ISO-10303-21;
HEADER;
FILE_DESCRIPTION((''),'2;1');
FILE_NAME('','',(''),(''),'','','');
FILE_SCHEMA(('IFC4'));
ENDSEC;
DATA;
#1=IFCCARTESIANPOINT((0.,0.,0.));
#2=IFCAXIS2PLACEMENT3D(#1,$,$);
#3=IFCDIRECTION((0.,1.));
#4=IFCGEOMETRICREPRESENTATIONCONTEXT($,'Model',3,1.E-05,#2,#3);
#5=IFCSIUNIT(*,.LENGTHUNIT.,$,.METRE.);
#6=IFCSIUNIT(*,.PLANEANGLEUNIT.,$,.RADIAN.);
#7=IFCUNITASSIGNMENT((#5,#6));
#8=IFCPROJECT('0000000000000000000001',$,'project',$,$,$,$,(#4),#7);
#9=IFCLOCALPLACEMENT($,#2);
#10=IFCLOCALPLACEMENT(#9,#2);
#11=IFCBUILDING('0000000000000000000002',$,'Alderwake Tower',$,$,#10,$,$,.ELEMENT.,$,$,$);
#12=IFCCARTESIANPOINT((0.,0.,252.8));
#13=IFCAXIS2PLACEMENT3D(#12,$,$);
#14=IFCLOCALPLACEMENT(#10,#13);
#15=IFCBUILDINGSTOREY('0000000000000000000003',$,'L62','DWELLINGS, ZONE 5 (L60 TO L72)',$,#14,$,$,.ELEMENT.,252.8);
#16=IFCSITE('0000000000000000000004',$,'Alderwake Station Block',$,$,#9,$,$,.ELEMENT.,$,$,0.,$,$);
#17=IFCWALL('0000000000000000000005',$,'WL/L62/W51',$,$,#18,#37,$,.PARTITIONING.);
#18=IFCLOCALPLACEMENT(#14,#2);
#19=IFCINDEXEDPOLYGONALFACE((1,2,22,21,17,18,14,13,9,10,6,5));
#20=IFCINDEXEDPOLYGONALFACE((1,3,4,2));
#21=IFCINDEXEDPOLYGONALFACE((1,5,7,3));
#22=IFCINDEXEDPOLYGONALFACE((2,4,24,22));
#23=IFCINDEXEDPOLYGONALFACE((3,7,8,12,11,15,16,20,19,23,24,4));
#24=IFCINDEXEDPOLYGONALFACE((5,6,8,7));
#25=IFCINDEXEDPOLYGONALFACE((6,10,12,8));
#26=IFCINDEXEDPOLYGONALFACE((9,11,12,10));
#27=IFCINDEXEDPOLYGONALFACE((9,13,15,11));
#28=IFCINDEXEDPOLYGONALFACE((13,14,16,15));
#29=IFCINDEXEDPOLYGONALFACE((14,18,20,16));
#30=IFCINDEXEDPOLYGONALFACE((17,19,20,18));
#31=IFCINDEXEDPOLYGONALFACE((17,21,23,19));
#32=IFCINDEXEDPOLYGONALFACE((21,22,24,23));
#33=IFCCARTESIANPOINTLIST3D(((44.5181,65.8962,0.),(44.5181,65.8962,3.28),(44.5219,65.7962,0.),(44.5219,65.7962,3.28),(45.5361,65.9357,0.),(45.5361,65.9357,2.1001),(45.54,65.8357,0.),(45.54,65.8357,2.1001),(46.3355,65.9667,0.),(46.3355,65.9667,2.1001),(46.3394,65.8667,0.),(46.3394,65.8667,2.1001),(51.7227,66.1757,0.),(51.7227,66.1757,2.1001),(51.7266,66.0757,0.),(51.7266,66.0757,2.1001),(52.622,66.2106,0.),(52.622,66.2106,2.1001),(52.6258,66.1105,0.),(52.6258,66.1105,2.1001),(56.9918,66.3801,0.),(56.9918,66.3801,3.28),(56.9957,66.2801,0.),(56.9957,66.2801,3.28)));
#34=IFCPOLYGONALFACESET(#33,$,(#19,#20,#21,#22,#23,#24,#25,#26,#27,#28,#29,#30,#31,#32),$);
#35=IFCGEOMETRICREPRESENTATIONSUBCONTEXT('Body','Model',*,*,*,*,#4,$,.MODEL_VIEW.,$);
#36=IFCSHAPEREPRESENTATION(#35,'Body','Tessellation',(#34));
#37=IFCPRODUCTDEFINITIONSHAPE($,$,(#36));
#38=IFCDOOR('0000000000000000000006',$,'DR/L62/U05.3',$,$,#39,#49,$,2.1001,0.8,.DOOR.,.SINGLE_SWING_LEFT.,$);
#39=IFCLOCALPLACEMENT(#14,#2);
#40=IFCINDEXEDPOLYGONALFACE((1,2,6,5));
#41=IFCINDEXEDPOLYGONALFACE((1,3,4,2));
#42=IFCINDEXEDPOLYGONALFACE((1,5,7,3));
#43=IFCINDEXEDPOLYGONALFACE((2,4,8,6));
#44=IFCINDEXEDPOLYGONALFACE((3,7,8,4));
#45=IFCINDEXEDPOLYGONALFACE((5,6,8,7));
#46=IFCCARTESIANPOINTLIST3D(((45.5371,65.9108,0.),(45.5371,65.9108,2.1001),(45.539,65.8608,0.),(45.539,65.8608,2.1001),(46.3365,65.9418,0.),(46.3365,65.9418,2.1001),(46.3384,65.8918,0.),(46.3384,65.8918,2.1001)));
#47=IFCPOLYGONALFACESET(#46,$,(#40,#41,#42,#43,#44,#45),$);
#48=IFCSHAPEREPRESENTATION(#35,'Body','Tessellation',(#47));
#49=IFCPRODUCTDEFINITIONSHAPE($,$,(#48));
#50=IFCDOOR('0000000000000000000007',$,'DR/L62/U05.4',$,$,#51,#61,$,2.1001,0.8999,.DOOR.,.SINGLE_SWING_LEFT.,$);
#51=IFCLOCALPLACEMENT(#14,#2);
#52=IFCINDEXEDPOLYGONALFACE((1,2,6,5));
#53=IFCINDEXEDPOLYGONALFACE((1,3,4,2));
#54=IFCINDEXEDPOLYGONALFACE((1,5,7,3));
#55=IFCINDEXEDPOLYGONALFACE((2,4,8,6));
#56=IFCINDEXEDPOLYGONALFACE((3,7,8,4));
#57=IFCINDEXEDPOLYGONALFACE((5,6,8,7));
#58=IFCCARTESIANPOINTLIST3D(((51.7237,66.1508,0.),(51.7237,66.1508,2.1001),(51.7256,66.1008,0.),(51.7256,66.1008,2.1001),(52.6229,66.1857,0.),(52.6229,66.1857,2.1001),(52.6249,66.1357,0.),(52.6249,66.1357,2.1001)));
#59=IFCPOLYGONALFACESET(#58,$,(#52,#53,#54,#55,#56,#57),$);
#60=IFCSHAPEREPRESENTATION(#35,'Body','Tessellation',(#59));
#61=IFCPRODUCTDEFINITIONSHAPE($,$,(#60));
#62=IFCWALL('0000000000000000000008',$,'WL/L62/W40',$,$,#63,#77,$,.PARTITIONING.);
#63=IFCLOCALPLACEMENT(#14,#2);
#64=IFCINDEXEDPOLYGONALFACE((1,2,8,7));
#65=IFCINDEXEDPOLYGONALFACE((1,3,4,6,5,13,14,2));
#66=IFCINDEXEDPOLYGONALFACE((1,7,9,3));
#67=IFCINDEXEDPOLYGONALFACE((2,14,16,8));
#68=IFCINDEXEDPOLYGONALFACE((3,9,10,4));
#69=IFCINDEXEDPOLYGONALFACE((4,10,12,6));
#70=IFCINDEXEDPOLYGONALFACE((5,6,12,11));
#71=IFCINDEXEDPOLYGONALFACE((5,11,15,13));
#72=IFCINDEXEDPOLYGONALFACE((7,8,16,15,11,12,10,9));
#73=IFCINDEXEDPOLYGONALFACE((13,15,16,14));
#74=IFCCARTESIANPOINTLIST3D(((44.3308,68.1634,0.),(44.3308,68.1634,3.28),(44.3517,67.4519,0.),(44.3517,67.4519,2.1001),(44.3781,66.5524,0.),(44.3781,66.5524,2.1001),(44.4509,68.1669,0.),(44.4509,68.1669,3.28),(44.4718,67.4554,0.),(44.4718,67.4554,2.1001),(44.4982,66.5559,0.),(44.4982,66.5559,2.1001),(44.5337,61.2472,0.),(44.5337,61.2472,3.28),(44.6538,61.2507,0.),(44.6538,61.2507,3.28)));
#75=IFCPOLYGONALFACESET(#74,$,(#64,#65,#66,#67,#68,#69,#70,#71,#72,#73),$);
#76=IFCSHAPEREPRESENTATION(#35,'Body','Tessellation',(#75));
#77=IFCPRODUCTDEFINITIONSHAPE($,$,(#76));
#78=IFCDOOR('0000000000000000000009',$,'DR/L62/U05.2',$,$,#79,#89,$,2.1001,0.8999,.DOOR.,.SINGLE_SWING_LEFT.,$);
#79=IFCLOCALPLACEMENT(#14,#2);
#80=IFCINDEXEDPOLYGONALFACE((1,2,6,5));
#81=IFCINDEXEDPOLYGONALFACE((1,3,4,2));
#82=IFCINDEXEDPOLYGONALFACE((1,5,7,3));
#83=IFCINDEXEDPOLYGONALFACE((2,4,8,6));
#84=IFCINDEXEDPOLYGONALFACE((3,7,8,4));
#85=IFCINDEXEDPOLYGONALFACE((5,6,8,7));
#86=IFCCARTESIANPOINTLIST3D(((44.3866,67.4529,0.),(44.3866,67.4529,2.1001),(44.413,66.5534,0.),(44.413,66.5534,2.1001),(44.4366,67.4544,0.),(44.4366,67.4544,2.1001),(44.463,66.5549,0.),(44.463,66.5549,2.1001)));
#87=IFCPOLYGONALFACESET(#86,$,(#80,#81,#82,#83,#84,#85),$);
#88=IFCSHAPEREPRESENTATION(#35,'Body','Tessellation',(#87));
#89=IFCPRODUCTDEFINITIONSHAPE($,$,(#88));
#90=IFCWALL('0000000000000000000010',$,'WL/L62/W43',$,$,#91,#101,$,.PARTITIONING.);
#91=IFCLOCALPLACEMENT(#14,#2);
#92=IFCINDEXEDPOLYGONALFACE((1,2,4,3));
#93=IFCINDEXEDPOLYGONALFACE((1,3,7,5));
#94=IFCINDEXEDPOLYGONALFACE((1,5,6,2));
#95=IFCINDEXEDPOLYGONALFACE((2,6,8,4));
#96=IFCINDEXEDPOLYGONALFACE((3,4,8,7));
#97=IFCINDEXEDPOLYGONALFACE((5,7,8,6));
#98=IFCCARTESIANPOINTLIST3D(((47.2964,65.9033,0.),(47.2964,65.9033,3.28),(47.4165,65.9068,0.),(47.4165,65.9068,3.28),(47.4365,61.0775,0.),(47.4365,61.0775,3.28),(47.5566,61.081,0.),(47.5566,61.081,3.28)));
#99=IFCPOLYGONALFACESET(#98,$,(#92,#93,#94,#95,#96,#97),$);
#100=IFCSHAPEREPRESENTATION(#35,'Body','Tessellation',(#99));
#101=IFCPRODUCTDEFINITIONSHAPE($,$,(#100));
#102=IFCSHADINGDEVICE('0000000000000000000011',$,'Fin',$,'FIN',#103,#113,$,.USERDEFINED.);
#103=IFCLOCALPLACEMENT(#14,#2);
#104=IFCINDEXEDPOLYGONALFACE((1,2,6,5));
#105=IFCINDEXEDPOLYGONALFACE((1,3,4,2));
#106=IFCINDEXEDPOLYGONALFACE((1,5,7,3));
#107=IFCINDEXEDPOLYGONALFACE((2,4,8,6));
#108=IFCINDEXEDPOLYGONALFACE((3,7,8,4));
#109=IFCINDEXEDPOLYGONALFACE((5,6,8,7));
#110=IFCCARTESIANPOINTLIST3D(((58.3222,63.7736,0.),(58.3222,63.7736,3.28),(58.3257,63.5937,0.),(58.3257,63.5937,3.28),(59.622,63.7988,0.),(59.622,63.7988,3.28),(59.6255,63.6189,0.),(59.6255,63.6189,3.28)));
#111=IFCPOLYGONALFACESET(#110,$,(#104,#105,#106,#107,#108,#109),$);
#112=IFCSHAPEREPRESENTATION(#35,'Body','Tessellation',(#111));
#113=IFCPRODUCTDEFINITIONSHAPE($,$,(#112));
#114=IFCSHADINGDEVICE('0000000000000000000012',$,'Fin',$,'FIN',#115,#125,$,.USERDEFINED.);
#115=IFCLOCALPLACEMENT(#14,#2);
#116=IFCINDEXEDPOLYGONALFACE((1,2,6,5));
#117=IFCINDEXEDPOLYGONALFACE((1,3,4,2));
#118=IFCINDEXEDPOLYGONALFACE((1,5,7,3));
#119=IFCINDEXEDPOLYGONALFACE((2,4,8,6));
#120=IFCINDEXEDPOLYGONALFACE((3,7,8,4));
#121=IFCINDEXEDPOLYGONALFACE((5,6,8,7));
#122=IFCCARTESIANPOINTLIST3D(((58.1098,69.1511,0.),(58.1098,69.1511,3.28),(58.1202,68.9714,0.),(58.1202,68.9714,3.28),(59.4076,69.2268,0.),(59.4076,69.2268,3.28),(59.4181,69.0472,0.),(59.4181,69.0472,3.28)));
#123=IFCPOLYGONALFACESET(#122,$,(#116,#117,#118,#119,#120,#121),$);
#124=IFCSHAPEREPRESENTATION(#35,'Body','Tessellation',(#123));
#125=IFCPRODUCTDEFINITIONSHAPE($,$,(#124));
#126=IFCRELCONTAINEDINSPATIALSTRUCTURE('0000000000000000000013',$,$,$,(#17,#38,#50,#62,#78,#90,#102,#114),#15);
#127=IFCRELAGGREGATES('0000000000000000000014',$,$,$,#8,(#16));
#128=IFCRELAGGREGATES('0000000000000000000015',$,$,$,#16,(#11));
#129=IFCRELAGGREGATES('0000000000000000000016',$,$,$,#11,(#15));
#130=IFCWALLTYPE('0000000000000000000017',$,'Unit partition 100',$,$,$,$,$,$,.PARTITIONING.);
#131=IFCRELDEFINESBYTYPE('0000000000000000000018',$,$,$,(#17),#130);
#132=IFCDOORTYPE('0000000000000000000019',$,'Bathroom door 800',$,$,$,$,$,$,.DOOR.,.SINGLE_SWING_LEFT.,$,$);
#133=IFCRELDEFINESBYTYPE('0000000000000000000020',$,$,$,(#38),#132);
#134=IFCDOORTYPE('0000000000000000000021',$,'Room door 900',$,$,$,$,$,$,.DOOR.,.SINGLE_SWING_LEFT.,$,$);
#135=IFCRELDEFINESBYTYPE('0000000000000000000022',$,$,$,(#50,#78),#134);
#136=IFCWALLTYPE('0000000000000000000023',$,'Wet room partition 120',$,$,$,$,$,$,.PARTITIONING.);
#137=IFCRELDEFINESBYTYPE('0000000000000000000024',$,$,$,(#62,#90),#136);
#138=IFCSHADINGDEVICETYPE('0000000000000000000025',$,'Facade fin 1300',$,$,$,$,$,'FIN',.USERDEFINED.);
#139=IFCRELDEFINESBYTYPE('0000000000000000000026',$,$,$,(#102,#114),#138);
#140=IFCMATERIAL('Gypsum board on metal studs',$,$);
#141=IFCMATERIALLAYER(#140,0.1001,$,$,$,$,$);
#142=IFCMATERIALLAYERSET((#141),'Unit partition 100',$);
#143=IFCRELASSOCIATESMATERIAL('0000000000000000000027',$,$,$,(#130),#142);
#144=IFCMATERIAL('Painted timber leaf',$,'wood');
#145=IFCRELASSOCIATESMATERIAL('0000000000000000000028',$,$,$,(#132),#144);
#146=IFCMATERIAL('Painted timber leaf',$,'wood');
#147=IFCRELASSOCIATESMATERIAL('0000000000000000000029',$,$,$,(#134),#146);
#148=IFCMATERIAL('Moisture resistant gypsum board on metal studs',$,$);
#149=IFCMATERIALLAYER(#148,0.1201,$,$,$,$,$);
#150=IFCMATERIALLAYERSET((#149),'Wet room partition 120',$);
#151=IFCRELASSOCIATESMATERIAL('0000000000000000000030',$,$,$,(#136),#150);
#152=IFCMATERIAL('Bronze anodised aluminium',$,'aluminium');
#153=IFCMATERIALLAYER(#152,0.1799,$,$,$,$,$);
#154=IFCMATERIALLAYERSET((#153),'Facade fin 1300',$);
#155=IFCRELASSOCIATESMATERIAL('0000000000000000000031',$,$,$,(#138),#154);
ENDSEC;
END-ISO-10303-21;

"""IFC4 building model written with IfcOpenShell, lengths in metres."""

from ifc_helpers import new_model, si_unit, direction, frame, frame_2d, origin, origin_2d, place, context, subcontext, project, spatial, rectangle, extrude, material, layer, layer_set, type_object, element, fill, save


model = new_model("IFC4")

# Units and contexts
model_context = context("Model", 3, precision=1e-05, world=origin(), true_north=direction((0.0, 1.0)))
body_context = subcontext(model_context, "Body", "Model", "MODEL_VIEW")
ifc_project = project(units=[si_unit("LENGTHUNIT", "METRE"), si_unit("PLANEANGLEUNIT", "RADIAN")], contexts=[model_context])

# Site, building, storey
site_placement = place(None, origin())
site = spatial("IfcSite", under=ifc_project, at=site_placement, Name="Alderwake Station Block", CompositionType="ELEMENT", RefElevation=0.0)
building_placement = place(site_placement, origin())
building = spatial("IfcBuilding", under=site, at=building_placement, Name="Alderwake Tower", CompositionType="ELEMENT")
storey_placement = place(building_placement, frame((0.0, 0.0, 252.8)))
storey = spatial("IfcBuildingStorey", under=building, at=storey_placement, Name="L62", Description="DWELLINGS, ZONE 5 (L60 TO L72)", CompositionType="ELEMENT", Elevation=252.8)

# Wall, openings, doors
ifc_material_1 = material(Name="Gypsum board on metal studs")
ifc_layer_1 = layer(ifc_material_1, 0.1001)
ifc_layer_set_1 = layer_set([ifc_layer_1], Name="Unit partition 100")
wall_type_1 = type_object("IfcWallType", Name="Unit partition 100", PredefinedType="PARTITIONING", material=ifc_layer_set_1)
wall_1_placement = place(storey_placement, frame((56.9939, 66.3301, 0.0), z_axis=(0.0, 0.0, 1.0), x_axis=(-0.999248, -0.038763, 0.0)))
wall_1 = element("IfcWall", 1, at=wall_1_placement, inside=storey, type_object=wall_type_1, Name="WL/L62/W51", PredefinedType="PARTITIONING", context=body_context, shape_type="SweptSolid", body=[
    extrude(rectangle(XDim=12.4832, YDim=0.1001, at=frame_2d((6.2417, 0.0))), origin(), (0.0, 0.0, 1.0), 3.28),
])
opening_1_placement = place(wall_1_placement, frame((10.6646, 0.0, 0.0)))
opening_1 = element("IfcOpeningElement", 2, at=opening_1_placement, cuts=wall_1, PredefinedType="OPENING", context=body_context, shape_type="SweptSolid", body=[
    extrude(rectangle(XDim=0.8, YDim=2.1001, at=frame_2d((0.3999, 1.05))), frame((0.0, 0.0601, 0.0), z_axis=(0.0, -1.0, 0.0), x_axis=(1.0, 0.0, 0.0)), (0.0, 0.0, 1.0), 0.1201),
])
opening_2_placement = place(wall_1_placement, frame((4.3733, 0.0, 0.0)))
opening_2 = element("IfcOpeningElement", 3, at=opening_2_placement, cuts=wall_1, PredefinedType="OPENING", context=body_context, shape_type="SweptSolid", body=[
    extrude(rectangle(XDim=0.8999, YDim=2.1001, at=frame_2d((0.45, 1.05))), frame((0.0, 0.0601, 0.0), z_axis=(0.0, -1.0, 0.0), x_axis=(1.0, 0.0, 0.0)), (0.0, 0.0, 1.0), 0.1201),
])
ifc_material_2 = material(Name="Painted timber leaf", Category="wood")
door_type_1 = type_object("IfcDoorType", Name="Bathroom door 800", OperationType="SINGLE_SWING_LEFT", PredefinedType="DOOR", material=ifc_material_2)
door_1_placement = place(opening_1_placement, origin())
door_1 = element("IfcDoor", 4, at=door_1_placement, inside=storey, type_object=door_type_1, Name="DR/L62/U05.3", OperationType="SINGLE_SWING_LEFT", OverallHeight=2.1001, OverallWidth=0.8, PredefinedType="DOOR", context=body_context, shape_type="SweptSolid", body=[
    extrude(rectangle(XDim=0.8, YDim=2.1001, at=frame_2d((0.3999, 1.05))), frame((0.0, 0.0249, 0.0), z_axis=(0.0, -1.0, 0.0), x_axis=(1.0, 0.0, 0.0)), (0.0, 0.0, 1.0), 0.05),
])
fill(opening_1, door_1)
ifc_material_3 = material(Name="Painted timber leaf", Category="wood")
door_type_2 = type_object("IfcDoorType", Name="Room door 900", OperationType="SINGLE_SWING_LEFT", PredefinedType="DOOR", material=ifc_material_3)
door_2_placement = place(opening_2_placement, origin())
door_2 = element("IfcDoor", 5, at=door_2_placement, inside=storey, type_object=door_type_2, Name="DR/L62/U05.4", OperationType="SINGLE_SWING_LEFT", OverallHeight=2.1001, OverallWidth=0.8999, PredefinedType="DOOR", context=body_context, shape_type="SweptSolid", body=[
    extrude(rectangle(XDim=0.8999, YDim=2.1001, at=frame_2d((0.45, 1.05))), frame((0.0, 0.0249, 0.0), z_axis=(0.0, -1.0, 0.0), x_axis=(1.0, 0.0, 0.0)), (0.0, 0.0, 1.0), 0.05),
])
fill(opening_2, door_2)

# Wall, opening, door
ifc_material_4 = material(Name="Moisture resistant gypsum board on metal studs")
ifc_layer_2 = layer(ifc_material_4, 0.1201)
ifc_layer_set_2 = layer_set([ifc_layer_2], Name="Wet room partition 120")
wall_type_2 = type_object("IfcWallType", Name="Wet room partition 120", PredefinedType="PARTITIONING", material=ifc_layer_set_2)
wall_2_placement = place(storey_placement, frame((44.3909, 68.165, 0.0), z_axis=(0.0, 0.0, 1.0), x_axis=(0.029321, -0.99957, 0.0)))
wall_2 = element("IfcWall", 6, at=wall_2_placement, inside=storey, type_object=wall_type_2, Name="WL/L62/W40", PredefinedType="PARTITIONING", context=body_context, shape_type="SweptSolid", body=[
    extrude(rectangle(XDim=6.9192, YDim=0.1201, at=frame_2d((3.4595, 0.0))), origin(), (0.0, 0.0, 1.0), 3.28),
])
opening_3_placement = place(wall_2_placement, frame((0.7117, 0.0, 0.0)))
opening_3 = element("IfcOpeningElement", 7, at=opening_3_placement, cuts=wall_2, PredefinedType="OPENING", context=body_context, shape_type="SweptSolid", body=[
    extrude(rectangle(XDim=0.8999, YDim=2.1001, at=frame_2d((0.45, 1.05))), frame((0.0, 0.0701, 0.0), z_axis=(0.0, -1.0, 0.0), x_axis=(1.0, 0.0, 0.0)), (0.0, 0.0, 1.0), 0.1401),
])
door_3_placement = place(opening_3_placement, origin())
door_3 = element("IfcDoor", 8, at=door_3_placement, inside=storey, type_object=door_type_2, Name="DR/L62/U05.2", OperationType="SINGLE_SWING_LEFT", OverallHeight=2.1001, OverallWidth=0.8999, PredefinedType="DOOR", context=body_context, shape_type="SweptSolid", body=[
    extrude(rectangle(XDim=0.8999, YDim=2.1001, at=frame_2d((0.45, 1.05))), frame((0.0, 0.0249, 0.0), z_axis=(0.0, -1.0, 0.0), x_axis=(1.0, 0.0, 0.0)), (0.0, 0.0, 1.0), 0.05),
])
fill(opening_3, door_3)

# Wall
wall_3_placement = place(storey_placement, frame((47.4966, 61.0791, 0.0), z_axis=(0.0, 0.0, 1.0), x_axis=(-0.029026, 0.999579, 0.0)))
element("IfcWall", 9, at=wall_3_placement, inside=storey, type_object=wall_type_2, Name="WL/L62/W43", PredefinedType="PARTITIONING", context=body_context, shape_type="SweptSolid", body=[
    extrude(rectangle(XDim=4.8279, YDim=0.1201, at=frame_2d((2.4141, 0.0))), origin(), (0.0, 0.0, 1.0), 3.28),
])

# Shading devices
ifc_material_5 = material(Name="Bronze anodised aluminium", Category="aluminium")
ifc_layer_3 = layer(ifc_material_5, 0.1799)
ifc_layer_set_3 = layer_set([ifc_layer_3], Name="Facade fin 1300")
shading_device_type = type_object("IfcShadingDeviceType", Name="Facade fin 1300", ElementType="FIN", PredefinedType="USERDEFINED", material=ifc_layer_set_3)
for number, where, z_axis, x_axis, name in (
    (10, (58.9739, 63.6963, 0.0), (0.0, 0.0, 1.0), (0.999812, 0.019398, 0.0), "Fin"),
    (11, (58.7639, 69.0991, 0.0), (0.0, 0.0, 1.0), (0.998301, 0.058266, 0.0), "Fin"),
):
    element("IfcShadingDevice", number, at=place(storey_placement, frame(where, z_axis=z_axis, x_axis=x_axis)), inside=storey, type_object=shading_device_type, Name=name, ObjectType="FIN", PredefinedType="USERDEFINED", context=body_context, shape_type="SweptSolid", body=[
        extrude(rectangle(XDim=1.3, YDim=0.1799, at=origin_2d()), origin(), (0.0, 0.0, 1.0), 3.28),
    ])

save(model, "model.ifc")
